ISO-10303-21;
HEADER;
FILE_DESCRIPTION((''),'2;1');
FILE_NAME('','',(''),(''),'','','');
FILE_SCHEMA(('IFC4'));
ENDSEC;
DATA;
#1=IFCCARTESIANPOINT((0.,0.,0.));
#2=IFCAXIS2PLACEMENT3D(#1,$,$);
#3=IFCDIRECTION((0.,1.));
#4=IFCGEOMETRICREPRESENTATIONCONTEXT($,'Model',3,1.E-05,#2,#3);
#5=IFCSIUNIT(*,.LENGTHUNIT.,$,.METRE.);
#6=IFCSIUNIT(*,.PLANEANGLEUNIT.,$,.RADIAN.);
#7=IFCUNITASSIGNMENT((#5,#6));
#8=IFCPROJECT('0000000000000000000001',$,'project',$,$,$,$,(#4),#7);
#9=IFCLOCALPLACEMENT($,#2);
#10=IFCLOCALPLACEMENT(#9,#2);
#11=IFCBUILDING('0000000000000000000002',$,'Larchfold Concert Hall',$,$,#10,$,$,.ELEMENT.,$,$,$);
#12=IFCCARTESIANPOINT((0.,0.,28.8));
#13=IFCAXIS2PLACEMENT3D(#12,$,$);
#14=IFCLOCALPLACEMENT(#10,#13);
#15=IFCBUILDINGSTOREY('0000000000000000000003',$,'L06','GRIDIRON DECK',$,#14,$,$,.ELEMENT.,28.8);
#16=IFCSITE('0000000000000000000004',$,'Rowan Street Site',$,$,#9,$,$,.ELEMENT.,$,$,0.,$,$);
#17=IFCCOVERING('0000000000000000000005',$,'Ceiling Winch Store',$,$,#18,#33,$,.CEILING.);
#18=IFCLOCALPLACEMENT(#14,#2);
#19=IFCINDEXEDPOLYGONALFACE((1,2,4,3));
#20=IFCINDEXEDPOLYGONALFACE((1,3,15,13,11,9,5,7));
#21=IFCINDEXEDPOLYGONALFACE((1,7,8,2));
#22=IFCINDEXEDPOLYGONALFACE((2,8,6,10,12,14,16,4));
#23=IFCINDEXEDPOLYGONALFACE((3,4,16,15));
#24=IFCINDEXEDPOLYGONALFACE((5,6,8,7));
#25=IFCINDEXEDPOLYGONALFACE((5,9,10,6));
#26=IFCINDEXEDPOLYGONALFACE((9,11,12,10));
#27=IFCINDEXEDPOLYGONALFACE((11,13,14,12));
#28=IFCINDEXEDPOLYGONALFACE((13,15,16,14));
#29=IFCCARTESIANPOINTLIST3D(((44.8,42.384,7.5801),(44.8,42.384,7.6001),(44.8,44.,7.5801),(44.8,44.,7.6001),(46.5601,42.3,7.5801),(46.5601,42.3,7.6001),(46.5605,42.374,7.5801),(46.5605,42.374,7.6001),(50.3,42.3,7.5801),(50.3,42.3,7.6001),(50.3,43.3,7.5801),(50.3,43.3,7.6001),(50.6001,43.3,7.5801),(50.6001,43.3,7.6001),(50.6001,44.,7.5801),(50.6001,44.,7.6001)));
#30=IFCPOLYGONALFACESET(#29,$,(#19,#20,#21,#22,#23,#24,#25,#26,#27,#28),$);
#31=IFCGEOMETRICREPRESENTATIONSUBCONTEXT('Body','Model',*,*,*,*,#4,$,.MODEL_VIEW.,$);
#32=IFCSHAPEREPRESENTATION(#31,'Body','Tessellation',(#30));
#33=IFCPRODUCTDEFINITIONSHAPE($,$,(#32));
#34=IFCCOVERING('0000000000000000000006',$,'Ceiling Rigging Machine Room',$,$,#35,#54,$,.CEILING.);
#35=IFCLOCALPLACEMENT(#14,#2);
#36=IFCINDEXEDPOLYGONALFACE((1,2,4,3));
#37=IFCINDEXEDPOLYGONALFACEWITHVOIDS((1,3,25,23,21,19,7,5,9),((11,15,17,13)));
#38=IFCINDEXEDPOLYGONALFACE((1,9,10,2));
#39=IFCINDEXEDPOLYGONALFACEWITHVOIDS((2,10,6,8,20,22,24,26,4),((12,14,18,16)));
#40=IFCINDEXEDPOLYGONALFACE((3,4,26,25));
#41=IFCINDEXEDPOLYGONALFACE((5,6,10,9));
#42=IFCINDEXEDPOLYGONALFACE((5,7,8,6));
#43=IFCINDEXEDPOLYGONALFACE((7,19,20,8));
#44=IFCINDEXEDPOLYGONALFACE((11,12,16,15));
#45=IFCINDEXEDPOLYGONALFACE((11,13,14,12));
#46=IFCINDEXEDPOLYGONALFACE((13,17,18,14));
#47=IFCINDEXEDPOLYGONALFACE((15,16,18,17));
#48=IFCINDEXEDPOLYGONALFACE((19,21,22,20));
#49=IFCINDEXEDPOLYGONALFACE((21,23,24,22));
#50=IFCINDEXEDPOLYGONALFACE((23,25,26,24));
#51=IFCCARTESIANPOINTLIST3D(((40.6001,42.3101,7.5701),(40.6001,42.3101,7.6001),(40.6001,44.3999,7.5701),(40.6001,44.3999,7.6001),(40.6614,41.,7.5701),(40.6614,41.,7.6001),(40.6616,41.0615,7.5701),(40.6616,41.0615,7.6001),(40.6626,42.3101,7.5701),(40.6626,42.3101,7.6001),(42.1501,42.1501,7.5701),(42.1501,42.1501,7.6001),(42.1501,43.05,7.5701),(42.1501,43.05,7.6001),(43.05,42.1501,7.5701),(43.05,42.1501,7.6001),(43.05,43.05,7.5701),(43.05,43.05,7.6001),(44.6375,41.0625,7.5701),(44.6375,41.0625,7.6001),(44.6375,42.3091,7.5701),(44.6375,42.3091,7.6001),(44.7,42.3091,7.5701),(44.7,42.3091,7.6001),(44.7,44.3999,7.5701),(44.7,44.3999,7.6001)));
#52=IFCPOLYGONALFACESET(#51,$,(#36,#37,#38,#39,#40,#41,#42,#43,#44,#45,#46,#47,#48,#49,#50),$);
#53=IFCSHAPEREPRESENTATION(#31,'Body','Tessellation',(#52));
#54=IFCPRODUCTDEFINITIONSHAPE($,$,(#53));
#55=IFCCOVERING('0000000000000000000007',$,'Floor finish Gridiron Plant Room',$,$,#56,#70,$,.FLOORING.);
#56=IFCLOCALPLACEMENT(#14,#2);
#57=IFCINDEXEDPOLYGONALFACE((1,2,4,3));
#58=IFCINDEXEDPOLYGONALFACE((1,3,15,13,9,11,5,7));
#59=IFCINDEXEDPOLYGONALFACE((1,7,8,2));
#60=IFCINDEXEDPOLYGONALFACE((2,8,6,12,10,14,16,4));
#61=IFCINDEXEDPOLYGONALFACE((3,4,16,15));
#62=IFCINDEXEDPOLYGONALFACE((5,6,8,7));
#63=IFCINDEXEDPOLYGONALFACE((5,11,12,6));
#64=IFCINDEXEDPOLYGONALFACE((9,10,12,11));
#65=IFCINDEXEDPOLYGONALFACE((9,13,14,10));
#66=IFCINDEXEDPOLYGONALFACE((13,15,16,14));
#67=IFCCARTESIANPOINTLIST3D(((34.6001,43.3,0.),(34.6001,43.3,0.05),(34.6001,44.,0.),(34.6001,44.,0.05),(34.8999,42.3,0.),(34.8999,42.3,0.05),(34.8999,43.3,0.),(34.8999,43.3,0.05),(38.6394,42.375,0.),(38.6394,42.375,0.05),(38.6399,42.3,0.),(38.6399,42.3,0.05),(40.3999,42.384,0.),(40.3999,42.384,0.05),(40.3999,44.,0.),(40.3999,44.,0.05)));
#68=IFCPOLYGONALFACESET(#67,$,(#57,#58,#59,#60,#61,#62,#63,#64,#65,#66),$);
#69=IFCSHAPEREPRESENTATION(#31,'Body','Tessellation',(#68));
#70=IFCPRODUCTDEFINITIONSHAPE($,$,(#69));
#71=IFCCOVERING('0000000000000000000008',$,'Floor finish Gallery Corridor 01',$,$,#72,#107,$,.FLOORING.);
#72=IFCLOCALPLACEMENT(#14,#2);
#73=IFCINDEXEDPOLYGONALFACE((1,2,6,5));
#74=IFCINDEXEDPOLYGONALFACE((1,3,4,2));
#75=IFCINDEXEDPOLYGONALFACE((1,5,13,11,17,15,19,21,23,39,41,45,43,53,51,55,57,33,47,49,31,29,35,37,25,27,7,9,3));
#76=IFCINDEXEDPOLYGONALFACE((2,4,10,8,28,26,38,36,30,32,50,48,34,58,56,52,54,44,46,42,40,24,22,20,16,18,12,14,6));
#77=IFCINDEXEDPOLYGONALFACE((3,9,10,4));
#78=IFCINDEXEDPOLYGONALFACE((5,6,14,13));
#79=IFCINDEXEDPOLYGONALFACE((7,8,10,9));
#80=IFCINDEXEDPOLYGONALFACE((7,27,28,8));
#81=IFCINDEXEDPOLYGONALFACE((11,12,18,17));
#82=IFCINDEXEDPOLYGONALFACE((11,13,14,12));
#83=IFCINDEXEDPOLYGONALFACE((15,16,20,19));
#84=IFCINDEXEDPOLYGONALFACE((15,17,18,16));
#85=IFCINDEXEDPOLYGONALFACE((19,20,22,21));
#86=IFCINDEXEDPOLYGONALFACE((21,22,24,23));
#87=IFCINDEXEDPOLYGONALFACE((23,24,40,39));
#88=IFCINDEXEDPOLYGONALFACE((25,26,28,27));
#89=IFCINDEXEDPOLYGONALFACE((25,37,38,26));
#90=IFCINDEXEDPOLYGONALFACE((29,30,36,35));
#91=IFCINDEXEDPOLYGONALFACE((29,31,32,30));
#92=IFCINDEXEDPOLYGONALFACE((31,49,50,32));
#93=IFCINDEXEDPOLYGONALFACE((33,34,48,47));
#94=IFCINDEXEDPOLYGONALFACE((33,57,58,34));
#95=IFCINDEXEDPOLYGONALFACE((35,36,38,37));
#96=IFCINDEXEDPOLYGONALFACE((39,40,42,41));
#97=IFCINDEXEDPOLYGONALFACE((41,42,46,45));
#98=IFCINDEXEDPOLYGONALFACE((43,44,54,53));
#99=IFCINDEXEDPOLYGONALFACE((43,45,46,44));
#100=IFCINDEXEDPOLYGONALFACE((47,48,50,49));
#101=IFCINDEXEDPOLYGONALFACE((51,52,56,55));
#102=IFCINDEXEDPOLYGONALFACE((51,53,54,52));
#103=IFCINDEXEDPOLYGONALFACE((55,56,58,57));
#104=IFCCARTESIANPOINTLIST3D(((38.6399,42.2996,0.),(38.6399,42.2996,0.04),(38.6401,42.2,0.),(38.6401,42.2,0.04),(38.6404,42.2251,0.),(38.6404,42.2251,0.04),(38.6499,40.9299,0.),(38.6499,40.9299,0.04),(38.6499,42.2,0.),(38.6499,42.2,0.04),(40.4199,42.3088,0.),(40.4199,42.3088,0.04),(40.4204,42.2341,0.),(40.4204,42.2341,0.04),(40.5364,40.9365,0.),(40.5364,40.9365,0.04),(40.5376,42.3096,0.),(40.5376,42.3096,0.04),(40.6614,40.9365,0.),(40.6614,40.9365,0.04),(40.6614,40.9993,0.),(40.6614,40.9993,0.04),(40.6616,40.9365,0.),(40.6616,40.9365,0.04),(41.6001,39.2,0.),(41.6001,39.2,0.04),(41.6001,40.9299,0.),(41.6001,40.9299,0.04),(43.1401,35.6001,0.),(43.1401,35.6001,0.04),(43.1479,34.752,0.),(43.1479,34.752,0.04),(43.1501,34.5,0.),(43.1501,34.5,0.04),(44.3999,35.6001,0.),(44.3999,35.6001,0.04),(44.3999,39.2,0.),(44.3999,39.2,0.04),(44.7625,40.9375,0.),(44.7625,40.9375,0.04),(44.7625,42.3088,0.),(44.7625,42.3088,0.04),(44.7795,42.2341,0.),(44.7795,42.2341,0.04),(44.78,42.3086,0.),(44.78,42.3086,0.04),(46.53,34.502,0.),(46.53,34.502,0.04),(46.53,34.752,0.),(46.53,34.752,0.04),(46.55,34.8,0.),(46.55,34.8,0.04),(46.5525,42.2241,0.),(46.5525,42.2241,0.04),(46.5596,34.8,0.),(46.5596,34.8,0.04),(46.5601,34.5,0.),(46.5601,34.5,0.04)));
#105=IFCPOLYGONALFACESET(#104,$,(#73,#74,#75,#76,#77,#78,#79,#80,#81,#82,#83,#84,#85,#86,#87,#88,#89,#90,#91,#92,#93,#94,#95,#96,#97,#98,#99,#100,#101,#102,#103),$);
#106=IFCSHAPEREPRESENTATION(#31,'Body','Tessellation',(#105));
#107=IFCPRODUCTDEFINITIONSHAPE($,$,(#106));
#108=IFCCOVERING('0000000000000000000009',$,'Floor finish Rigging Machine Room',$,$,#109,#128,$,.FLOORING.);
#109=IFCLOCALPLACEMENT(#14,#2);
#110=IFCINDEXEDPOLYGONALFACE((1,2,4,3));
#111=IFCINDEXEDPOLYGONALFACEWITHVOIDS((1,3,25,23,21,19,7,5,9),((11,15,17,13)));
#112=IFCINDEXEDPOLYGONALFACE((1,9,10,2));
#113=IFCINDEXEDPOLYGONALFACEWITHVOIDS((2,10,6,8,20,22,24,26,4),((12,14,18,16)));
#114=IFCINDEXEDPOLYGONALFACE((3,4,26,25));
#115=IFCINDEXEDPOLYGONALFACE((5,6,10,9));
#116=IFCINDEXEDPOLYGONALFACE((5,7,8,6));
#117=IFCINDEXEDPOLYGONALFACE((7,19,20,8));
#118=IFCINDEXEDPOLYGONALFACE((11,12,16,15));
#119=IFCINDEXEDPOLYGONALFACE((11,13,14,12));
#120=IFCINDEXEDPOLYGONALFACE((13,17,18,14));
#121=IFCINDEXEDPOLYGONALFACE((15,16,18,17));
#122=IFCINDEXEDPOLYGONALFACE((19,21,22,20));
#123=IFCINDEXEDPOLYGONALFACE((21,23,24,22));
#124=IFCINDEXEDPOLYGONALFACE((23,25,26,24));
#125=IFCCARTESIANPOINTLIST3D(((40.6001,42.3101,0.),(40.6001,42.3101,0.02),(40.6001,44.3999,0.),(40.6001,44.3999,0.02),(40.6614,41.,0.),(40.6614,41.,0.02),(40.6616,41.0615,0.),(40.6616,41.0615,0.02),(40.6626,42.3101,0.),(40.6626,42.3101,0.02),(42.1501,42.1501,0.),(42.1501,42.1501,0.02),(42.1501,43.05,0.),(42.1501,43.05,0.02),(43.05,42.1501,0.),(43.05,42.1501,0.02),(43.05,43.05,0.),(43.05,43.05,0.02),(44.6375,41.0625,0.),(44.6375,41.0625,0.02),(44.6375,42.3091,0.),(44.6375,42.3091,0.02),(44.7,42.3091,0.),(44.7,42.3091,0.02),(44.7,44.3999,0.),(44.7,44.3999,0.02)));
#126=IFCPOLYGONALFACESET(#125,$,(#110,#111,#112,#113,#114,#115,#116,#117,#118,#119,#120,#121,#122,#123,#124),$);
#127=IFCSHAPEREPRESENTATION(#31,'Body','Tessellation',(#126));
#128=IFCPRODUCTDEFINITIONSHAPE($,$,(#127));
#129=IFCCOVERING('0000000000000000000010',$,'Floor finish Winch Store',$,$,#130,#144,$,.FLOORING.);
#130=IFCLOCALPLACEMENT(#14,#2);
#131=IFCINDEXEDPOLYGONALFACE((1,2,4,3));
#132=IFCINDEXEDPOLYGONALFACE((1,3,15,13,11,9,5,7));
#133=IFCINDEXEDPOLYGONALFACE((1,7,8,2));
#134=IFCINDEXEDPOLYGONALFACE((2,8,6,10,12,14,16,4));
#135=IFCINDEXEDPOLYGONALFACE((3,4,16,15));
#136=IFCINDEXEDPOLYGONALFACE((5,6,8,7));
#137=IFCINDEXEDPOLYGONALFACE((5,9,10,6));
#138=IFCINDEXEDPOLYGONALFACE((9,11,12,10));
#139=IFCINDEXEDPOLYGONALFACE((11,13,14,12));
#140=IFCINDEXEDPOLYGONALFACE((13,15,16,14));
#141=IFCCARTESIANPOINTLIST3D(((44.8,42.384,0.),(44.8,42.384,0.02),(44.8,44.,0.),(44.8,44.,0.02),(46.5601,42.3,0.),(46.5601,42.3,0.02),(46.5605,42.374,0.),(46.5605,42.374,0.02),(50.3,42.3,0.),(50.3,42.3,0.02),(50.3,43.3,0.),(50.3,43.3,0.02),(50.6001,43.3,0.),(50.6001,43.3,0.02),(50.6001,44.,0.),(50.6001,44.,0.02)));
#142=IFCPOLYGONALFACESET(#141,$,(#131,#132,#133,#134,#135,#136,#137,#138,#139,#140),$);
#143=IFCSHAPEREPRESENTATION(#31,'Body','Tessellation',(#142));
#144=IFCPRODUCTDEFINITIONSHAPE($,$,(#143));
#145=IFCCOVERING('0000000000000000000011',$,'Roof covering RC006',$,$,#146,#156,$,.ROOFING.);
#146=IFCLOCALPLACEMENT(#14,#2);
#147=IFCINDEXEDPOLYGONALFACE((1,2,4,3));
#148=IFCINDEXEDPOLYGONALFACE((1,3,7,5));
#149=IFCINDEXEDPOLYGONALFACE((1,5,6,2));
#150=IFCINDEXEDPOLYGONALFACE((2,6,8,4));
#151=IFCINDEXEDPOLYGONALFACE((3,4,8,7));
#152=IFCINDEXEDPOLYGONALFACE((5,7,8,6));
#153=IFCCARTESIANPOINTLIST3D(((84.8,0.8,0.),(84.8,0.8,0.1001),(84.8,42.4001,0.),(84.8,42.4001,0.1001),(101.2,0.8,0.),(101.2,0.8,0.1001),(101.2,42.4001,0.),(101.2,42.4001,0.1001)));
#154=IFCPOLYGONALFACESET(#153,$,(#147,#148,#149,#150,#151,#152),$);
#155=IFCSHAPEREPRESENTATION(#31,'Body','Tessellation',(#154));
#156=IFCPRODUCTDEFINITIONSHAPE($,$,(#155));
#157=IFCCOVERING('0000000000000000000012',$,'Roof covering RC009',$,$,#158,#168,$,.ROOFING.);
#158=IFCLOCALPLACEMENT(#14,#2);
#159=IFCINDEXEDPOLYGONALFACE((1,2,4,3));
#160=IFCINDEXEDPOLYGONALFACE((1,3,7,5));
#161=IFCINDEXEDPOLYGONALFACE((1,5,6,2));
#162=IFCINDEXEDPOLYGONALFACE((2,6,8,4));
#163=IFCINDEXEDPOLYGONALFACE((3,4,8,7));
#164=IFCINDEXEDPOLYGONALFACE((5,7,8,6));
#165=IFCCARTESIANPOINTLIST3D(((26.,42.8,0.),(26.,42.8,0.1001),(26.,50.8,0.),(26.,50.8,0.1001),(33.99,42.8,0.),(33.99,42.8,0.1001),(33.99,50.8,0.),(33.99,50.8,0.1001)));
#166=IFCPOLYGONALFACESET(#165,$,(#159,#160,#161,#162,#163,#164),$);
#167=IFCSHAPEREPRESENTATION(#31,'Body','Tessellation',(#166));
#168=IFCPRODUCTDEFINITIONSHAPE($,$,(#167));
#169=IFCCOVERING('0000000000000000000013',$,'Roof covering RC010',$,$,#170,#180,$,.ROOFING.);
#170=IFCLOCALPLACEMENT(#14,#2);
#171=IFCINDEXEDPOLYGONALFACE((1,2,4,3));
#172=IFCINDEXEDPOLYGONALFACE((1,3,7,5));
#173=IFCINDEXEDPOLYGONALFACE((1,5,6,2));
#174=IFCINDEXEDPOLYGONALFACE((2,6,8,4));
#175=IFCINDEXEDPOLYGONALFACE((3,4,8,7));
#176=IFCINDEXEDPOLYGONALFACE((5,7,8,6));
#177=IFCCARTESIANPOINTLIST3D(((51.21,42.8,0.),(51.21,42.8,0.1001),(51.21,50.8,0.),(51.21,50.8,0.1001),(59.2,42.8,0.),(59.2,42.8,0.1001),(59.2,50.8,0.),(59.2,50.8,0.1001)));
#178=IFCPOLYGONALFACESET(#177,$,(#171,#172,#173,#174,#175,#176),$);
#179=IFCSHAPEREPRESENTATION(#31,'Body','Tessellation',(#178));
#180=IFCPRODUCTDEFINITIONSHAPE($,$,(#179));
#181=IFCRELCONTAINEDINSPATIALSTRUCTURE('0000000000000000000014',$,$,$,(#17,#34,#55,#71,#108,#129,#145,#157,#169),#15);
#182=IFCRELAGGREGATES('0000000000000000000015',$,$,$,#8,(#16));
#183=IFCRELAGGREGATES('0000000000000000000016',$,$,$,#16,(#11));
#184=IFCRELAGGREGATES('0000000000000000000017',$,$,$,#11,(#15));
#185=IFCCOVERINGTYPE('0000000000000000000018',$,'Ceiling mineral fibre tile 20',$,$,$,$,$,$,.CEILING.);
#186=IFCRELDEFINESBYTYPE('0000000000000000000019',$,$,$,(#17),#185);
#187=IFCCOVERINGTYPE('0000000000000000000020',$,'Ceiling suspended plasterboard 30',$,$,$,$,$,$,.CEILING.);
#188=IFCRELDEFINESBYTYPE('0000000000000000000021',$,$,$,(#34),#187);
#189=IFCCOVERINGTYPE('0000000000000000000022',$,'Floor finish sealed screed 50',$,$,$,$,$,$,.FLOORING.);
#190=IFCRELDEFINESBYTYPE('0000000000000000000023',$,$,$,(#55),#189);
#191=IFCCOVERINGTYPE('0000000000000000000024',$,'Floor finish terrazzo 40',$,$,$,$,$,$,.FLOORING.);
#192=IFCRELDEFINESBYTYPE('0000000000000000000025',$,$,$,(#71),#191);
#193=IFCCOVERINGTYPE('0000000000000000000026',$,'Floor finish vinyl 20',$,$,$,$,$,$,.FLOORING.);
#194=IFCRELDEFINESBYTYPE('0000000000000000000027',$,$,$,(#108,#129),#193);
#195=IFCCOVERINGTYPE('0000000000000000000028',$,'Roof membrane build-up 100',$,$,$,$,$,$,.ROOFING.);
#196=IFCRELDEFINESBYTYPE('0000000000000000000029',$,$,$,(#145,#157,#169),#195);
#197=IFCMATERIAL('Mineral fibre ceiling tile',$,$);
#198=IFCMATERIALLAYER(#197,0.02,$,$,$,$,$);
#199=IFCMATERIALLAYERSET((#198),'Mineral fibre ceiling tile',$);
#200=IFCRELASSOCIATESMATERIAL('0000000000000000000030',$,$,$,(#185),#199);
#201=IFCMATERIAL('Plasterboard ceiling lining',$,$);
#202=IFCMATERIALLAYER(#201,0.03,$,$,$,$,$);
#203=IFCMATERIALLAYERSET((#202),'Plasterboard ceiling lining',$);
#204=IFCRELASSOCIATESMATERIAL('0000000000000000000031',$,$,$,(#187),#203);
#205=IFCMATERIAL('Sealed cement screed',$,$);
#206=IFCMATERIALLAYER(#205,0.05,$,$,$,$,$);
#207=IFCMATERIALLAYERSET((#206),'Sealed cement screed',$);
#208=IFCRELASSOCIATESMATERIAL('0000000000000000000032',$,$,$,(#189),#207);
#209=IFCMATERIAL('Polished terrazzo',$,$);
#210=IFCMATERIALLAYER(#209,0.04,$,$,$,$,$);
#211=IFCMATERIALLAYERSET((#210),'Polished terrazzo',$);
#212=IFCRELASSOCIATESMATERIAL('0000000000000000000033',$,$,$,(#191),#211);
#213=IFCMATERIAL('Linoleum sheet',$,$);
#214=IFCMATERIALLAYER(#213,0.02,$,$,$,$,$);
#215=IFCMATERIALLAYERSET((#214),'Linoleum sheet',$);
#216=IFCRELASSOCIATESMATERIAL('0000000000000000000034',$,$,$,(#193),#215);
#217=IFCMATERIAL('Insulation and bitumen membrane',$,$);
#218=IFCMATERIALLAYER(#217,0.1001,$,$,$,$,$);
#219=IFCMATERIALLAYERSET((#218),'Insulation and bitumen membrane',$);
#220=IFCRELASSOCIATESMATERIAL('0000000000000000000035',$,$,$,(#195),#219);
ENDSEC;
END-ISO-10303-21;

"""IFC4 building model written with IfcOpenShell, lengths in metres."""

from ifc_helpers import new_model, si_unit, direction, frame, origin, place, context, subcontext, project, spatial, polyline, outline, extrude, material, layer, layer_set, type_object, element, save


model = new_model("IFC4")

# Units and contexts
model_context = context("Model", 3, precision=1e-05, world=origin(), true_north=direction((0.0, 1.0)))
body_context = subcontext(model_context, "Body", "Model", "MODEL_VIEW")
ifc_project = project(units=[si_unit("LENGTHUNIT", "METRE"), si_unit("PLANEANGLEUNIT", "RADIAN")], contexts=[model_context])

# Site, building, storey
site_placement = place(None, origin())
site = spatial("IfcSite", under=ifc_project, at=site_placement, Name="Rowan Street Site", CompositionType="ELEMENT", RefElevation=0.0)
building_placement = place(site_placement, origin())
building = spatial("IfcBuilding", under=site, at=building_placement, Name="Larchfold Concert Hall", CompositionType="ELEMENT")
storey_placement = place(building_placement, frame((0.0, 0.0, 28.8)))
storey = spatial("IfcBuildingStorey", under=building, at=storey_placement, Name="L06", Description="GRIDIRON DECK", CompositionType="ELEMENT", Elevation=28.8)

# Coverings
ifc_material_1 = material(Name="Mineral fibre ceiling tile")
ifc_layer_1 = layer(ifc_material_1, 0.02)
ifc_layer_set_1 = layer_set([ifc_layer_1], Name="Mineral fibre ceiling tile")
covering_type_1 = type_object("IfcCoveringType", Name="Ceiling mineral fibre tile 20", PredefinedType="CEILING", material=ifc_layer_set_1)
covering_1_placement = place(storey_placement, frame((0.0, 0.0, 7.5801)))
element("IfcCovering", 1, at=covering_1_placement, inside=storey, type_object=covering_type_1, Name="Ceiling Winch Store", PredefinedType="CEILING", context=body_context, shape_type="SweptSolid", body=[
    extrude(outline(polyline([(46.5601, 42.3), (50.3, 42.3), (50.3, 43.3), (50.6001, 43.3), (50.6001, 44.0), (44.8, 44.0), (44.8, 42.384), (46.5605, 42.374), (46.5601, 42.3)])), origin(), (0.0, 0.0, 1.0), 0.02),
])
ifc_material_2 = material(Name="Plasterboard ceiling lining")
ifc_layer_2 = layer(ifc_material_2, 0.03)
ifc_layer_set_2 = layer_set([ifc_layer_2], Name="Plasterboard ceiling lining")
covering_type_2 = type_object("IfcCoveringType", Name="Ceiling suspended plasterboard 30", PredefinedType="CEILING", material=ifc_layer_set_2)
covering_2_placement = place(storey_placement, frame((0.0, 0.0, 7.5701)))
element("IfcCovering", 2, at=covering_2_placement, inside=storey, type_object=covering_type_2, Name="Ceiling Rigging Machine Room", PredefinedType="CEILING", context=body_context, shape_type="SweptSolid", body=[
    extrude(outline(polyline([(40.6614, 41.0), (40.6616, 41.0615), (44.7, 41.0625), (44.6375, 41.0625), (44.6375, 42.3091), (44.7, 42.3091), (44.7, 44.3999), (40.6001, 44.3999), (40.6001, 42.3101), (40.6626, 42.3101), (40.6614, 41.0)]), holes=[polyline([(42.1501, 42.1501), (42.1501, 43.05), (43.05, 43.05), (43.05, 42.1501), (42.1501, 42.1501)])]), origin(), (0.0, 0.0, 1.0), 0.03),
])
ifc_material_3 = material(Name="Sealed cement screed")
ifc_layer_3 = layer(ifc_material_3, 0.05)
ifc_layer_set_3 = layer_set([ifc_layer_3], Name="Sealed cement screed")
covering_type_3 = type_object("IfcCoveringType", Name="Floor finish sealed screed 50", PredefinedType="FLOORING", material=ifc_layer_set_3)
covering_3_placement = place(storey_placement, origin())
element("IfcCovering", 3, at=covering_3_placement, inside=storey, type_object=covering_type_3, Name="Floor finish Gridiron Plant Room", PredefinedType="FLOORING", context=body_context, shape_type="SweptSolid", body=[
    extrude(outline(polyline([(34.8999, 42.3), (38.6399, 42.3), (38.6394, 42.375), (40.3999, 42.384), (40.3999, 44.0), (34.6001, 44.0), (34.6001, 43.3), (34.8999, 43.3), (34.8999, 42.3)])), origin(), (0.0, 0.0, 1.0), 0.05),
])
ifc_material_4 = material(Name="Polished terrazzo")
ifc_layer_4 = layer(ifc_material_4, 0.04)
ifc_layer_set_4 = layer_set([ifc_layer_4], Name="Polished terrazzo")
covering_type_4 = type_object("IfcCoveringType", Name="Floor finish terrazzo 40", PredefinedType="FLOORING", material=ifc_layer_set_4)
covering_4_placement = place(storey_placement, origin())
element("IfcCovering", 4, at=covering_4_placement, inside=storey, type_object=covering_type_4, Name="Floor finish Gallery Corridor 01", PredefinedType="FLOORING", context=body_context, shape_type="SweptSolid", body=[
    extrude(outline(polyline([(38.6499, 40.9299), (41.6001, 40.9299), (41.6001, 39.2), (44.3999, 39.2), (44.3999, 35.6001), (43.1401, 35.6001), (43.1479, 34.752), (46.53, 34.752), (46.53, 34.502), (43.1501, 34.5), (46.5601, 34.5), (46.5596, 34.8), (46.55, 34.8), (46.5525, 42.2241), (44.7795, 42.2341), (44.78, 42.3086), (44.7625, 42.3088), (44.7625, 40.9375), (40.6616, 40.9365), (40.6614, 40.9993), (40.6614, 40.9365), (40.5364, 40.9365), (40.5376, 42.3096), (40.4199, 42.3088), (40.4204, 42.2341), (38.6404, 42.2251), (38.6399, 42.2996), (38.6401, 42.2), (38.6499, 42.2), (38.6499, 40.9299)])), origin(), (0.0, 0.0, 1.0), 0.04),
])
ifc_material_5 = material(Name="Linoleum sheet")
ifc_layer_5 = layer(ifc_material_5, 0.02)
ifc_layer_set_5 = layer_set([ifc_layer_5], Name="Linoleum sheet")
covering_type_5 = type_object("IfcCoveringType", Name="Floor finish vinyl 20", PredefinedType="FLOORING", material=ifc_layer_set_5)
covering_5_placement = place(storey_placement, origin())
element("IfcCovering", 5, at=covering_5_placement, inside=storey, type_object=covering_type_5, Name="Floor finish Rigging Machine Room", PredefinedType="FLOORING", context=body_context, shape_type="SweptSolid", body=[
    extrude(outline(polyline([(40.6614, 41.0), (40.6616, 41.0615), (44.7, 41.0625), (44.6375, 41.0625), (44.6375, 42.3091), (44.7, 42.3091), (44.7, 44.3999), (40.6001, 44.3999), (40.6001, 42.3101), (40.6626, 42.3101), (40.6614, 41.0)]), holes=[polyline([(42.1501, 42.1501), (42.1501, 43.05), (43.05, 43.05), (43.05, 42.1501), (42.1501, 42.1501)])]), origin(), (0.0, 0.0, 1.0), 0.02),
])
covering_6_placement = place(storey_placement, origin())
element("IfcCovering", 6, at=covering_6_placement, inside=storey, type_object=covering_type_5, Name="Floor finish Winch Store", PredefinedType="FLOORING", context=body_context, shape_type="SweptSolid", body=[
    extrude(outline(polyline([(46.5601, 42.3), (50.3, 42.3), (50.3, 43.3), (50.6001, 43.3), (50.6001, 44.0), (44.8, 44.0), (44.8, 42.384), (46.5605, 42.374), (46.5601, 42.3)])), origin(), (0.0, 0.0, 1.0), 0.02),
])
ifc_material_6 = material(Name="Insulation and bitumen membrane")
ifc_layer_6 = layer(ifc_material_6, 0.1001)
ifc_layer_set_6 = layer_set([ifc_layer_6], Name="Insulation and bitumen membrane")
covering_type_6 = type_object("IfcCoveringType", Name="Roof membrane build-up 100", PredefinedType="ROOFING", material=ifc_layer_set_6)
covering_7_placement = place(storey_placement, origin())
element("IfcCovering", 7, at=covering_7_placement, inside=storey, type_object=covering_type_6, Name="Roof covering RC006", PredefinedType="ROOFING", context=body_context, shape_type="SweptSolid", body=[
    extrude(outline(polyline([(101.2, 42.4001), (84.8, 42.4001), (84.8, 0.8), (101.2, 0.8), (101.2, 42.4001)])), origin(), (0.0, 0.0, 1.0), 0.1001),
])
covering_8_placement = place(storey_placement, origin())
element("IfcCovering", 8, at=covering_8_placement, inside=storey, type_object=covering_type_6, Name="Roof covering RC009", PredefinedType="ROOFING", context=body_context, shape_type="SweptSolid", body=[
    extrude(outline(polyline([(33.99, 42.8), (33.99, 50.8), (26.0, 50.8), (26.0, 42.8), (33.99, 42.8)])), origin(), (0.0, 0.0, 1.0), 0.1001),
])
covering_9_placement = place(storey_placement, origin())
element("IfcCovering", 9, at=covering_9_placement, inside=storey, type_object=covering_type_6, Name="Roof covering RC010", PredefinedType="ROOFING", context=body_context, shape_type="SweptSolid", body=[
    extrude(outline(polyline([(59.2, 50.8), (51.21, 50.8), (51.21, 42.8), (59.2, 42.8), (59.2, 50.8)])), origin(), (0.0, 0.0, 1.0), 0.1001),
])

save(model, "model.ifc")
